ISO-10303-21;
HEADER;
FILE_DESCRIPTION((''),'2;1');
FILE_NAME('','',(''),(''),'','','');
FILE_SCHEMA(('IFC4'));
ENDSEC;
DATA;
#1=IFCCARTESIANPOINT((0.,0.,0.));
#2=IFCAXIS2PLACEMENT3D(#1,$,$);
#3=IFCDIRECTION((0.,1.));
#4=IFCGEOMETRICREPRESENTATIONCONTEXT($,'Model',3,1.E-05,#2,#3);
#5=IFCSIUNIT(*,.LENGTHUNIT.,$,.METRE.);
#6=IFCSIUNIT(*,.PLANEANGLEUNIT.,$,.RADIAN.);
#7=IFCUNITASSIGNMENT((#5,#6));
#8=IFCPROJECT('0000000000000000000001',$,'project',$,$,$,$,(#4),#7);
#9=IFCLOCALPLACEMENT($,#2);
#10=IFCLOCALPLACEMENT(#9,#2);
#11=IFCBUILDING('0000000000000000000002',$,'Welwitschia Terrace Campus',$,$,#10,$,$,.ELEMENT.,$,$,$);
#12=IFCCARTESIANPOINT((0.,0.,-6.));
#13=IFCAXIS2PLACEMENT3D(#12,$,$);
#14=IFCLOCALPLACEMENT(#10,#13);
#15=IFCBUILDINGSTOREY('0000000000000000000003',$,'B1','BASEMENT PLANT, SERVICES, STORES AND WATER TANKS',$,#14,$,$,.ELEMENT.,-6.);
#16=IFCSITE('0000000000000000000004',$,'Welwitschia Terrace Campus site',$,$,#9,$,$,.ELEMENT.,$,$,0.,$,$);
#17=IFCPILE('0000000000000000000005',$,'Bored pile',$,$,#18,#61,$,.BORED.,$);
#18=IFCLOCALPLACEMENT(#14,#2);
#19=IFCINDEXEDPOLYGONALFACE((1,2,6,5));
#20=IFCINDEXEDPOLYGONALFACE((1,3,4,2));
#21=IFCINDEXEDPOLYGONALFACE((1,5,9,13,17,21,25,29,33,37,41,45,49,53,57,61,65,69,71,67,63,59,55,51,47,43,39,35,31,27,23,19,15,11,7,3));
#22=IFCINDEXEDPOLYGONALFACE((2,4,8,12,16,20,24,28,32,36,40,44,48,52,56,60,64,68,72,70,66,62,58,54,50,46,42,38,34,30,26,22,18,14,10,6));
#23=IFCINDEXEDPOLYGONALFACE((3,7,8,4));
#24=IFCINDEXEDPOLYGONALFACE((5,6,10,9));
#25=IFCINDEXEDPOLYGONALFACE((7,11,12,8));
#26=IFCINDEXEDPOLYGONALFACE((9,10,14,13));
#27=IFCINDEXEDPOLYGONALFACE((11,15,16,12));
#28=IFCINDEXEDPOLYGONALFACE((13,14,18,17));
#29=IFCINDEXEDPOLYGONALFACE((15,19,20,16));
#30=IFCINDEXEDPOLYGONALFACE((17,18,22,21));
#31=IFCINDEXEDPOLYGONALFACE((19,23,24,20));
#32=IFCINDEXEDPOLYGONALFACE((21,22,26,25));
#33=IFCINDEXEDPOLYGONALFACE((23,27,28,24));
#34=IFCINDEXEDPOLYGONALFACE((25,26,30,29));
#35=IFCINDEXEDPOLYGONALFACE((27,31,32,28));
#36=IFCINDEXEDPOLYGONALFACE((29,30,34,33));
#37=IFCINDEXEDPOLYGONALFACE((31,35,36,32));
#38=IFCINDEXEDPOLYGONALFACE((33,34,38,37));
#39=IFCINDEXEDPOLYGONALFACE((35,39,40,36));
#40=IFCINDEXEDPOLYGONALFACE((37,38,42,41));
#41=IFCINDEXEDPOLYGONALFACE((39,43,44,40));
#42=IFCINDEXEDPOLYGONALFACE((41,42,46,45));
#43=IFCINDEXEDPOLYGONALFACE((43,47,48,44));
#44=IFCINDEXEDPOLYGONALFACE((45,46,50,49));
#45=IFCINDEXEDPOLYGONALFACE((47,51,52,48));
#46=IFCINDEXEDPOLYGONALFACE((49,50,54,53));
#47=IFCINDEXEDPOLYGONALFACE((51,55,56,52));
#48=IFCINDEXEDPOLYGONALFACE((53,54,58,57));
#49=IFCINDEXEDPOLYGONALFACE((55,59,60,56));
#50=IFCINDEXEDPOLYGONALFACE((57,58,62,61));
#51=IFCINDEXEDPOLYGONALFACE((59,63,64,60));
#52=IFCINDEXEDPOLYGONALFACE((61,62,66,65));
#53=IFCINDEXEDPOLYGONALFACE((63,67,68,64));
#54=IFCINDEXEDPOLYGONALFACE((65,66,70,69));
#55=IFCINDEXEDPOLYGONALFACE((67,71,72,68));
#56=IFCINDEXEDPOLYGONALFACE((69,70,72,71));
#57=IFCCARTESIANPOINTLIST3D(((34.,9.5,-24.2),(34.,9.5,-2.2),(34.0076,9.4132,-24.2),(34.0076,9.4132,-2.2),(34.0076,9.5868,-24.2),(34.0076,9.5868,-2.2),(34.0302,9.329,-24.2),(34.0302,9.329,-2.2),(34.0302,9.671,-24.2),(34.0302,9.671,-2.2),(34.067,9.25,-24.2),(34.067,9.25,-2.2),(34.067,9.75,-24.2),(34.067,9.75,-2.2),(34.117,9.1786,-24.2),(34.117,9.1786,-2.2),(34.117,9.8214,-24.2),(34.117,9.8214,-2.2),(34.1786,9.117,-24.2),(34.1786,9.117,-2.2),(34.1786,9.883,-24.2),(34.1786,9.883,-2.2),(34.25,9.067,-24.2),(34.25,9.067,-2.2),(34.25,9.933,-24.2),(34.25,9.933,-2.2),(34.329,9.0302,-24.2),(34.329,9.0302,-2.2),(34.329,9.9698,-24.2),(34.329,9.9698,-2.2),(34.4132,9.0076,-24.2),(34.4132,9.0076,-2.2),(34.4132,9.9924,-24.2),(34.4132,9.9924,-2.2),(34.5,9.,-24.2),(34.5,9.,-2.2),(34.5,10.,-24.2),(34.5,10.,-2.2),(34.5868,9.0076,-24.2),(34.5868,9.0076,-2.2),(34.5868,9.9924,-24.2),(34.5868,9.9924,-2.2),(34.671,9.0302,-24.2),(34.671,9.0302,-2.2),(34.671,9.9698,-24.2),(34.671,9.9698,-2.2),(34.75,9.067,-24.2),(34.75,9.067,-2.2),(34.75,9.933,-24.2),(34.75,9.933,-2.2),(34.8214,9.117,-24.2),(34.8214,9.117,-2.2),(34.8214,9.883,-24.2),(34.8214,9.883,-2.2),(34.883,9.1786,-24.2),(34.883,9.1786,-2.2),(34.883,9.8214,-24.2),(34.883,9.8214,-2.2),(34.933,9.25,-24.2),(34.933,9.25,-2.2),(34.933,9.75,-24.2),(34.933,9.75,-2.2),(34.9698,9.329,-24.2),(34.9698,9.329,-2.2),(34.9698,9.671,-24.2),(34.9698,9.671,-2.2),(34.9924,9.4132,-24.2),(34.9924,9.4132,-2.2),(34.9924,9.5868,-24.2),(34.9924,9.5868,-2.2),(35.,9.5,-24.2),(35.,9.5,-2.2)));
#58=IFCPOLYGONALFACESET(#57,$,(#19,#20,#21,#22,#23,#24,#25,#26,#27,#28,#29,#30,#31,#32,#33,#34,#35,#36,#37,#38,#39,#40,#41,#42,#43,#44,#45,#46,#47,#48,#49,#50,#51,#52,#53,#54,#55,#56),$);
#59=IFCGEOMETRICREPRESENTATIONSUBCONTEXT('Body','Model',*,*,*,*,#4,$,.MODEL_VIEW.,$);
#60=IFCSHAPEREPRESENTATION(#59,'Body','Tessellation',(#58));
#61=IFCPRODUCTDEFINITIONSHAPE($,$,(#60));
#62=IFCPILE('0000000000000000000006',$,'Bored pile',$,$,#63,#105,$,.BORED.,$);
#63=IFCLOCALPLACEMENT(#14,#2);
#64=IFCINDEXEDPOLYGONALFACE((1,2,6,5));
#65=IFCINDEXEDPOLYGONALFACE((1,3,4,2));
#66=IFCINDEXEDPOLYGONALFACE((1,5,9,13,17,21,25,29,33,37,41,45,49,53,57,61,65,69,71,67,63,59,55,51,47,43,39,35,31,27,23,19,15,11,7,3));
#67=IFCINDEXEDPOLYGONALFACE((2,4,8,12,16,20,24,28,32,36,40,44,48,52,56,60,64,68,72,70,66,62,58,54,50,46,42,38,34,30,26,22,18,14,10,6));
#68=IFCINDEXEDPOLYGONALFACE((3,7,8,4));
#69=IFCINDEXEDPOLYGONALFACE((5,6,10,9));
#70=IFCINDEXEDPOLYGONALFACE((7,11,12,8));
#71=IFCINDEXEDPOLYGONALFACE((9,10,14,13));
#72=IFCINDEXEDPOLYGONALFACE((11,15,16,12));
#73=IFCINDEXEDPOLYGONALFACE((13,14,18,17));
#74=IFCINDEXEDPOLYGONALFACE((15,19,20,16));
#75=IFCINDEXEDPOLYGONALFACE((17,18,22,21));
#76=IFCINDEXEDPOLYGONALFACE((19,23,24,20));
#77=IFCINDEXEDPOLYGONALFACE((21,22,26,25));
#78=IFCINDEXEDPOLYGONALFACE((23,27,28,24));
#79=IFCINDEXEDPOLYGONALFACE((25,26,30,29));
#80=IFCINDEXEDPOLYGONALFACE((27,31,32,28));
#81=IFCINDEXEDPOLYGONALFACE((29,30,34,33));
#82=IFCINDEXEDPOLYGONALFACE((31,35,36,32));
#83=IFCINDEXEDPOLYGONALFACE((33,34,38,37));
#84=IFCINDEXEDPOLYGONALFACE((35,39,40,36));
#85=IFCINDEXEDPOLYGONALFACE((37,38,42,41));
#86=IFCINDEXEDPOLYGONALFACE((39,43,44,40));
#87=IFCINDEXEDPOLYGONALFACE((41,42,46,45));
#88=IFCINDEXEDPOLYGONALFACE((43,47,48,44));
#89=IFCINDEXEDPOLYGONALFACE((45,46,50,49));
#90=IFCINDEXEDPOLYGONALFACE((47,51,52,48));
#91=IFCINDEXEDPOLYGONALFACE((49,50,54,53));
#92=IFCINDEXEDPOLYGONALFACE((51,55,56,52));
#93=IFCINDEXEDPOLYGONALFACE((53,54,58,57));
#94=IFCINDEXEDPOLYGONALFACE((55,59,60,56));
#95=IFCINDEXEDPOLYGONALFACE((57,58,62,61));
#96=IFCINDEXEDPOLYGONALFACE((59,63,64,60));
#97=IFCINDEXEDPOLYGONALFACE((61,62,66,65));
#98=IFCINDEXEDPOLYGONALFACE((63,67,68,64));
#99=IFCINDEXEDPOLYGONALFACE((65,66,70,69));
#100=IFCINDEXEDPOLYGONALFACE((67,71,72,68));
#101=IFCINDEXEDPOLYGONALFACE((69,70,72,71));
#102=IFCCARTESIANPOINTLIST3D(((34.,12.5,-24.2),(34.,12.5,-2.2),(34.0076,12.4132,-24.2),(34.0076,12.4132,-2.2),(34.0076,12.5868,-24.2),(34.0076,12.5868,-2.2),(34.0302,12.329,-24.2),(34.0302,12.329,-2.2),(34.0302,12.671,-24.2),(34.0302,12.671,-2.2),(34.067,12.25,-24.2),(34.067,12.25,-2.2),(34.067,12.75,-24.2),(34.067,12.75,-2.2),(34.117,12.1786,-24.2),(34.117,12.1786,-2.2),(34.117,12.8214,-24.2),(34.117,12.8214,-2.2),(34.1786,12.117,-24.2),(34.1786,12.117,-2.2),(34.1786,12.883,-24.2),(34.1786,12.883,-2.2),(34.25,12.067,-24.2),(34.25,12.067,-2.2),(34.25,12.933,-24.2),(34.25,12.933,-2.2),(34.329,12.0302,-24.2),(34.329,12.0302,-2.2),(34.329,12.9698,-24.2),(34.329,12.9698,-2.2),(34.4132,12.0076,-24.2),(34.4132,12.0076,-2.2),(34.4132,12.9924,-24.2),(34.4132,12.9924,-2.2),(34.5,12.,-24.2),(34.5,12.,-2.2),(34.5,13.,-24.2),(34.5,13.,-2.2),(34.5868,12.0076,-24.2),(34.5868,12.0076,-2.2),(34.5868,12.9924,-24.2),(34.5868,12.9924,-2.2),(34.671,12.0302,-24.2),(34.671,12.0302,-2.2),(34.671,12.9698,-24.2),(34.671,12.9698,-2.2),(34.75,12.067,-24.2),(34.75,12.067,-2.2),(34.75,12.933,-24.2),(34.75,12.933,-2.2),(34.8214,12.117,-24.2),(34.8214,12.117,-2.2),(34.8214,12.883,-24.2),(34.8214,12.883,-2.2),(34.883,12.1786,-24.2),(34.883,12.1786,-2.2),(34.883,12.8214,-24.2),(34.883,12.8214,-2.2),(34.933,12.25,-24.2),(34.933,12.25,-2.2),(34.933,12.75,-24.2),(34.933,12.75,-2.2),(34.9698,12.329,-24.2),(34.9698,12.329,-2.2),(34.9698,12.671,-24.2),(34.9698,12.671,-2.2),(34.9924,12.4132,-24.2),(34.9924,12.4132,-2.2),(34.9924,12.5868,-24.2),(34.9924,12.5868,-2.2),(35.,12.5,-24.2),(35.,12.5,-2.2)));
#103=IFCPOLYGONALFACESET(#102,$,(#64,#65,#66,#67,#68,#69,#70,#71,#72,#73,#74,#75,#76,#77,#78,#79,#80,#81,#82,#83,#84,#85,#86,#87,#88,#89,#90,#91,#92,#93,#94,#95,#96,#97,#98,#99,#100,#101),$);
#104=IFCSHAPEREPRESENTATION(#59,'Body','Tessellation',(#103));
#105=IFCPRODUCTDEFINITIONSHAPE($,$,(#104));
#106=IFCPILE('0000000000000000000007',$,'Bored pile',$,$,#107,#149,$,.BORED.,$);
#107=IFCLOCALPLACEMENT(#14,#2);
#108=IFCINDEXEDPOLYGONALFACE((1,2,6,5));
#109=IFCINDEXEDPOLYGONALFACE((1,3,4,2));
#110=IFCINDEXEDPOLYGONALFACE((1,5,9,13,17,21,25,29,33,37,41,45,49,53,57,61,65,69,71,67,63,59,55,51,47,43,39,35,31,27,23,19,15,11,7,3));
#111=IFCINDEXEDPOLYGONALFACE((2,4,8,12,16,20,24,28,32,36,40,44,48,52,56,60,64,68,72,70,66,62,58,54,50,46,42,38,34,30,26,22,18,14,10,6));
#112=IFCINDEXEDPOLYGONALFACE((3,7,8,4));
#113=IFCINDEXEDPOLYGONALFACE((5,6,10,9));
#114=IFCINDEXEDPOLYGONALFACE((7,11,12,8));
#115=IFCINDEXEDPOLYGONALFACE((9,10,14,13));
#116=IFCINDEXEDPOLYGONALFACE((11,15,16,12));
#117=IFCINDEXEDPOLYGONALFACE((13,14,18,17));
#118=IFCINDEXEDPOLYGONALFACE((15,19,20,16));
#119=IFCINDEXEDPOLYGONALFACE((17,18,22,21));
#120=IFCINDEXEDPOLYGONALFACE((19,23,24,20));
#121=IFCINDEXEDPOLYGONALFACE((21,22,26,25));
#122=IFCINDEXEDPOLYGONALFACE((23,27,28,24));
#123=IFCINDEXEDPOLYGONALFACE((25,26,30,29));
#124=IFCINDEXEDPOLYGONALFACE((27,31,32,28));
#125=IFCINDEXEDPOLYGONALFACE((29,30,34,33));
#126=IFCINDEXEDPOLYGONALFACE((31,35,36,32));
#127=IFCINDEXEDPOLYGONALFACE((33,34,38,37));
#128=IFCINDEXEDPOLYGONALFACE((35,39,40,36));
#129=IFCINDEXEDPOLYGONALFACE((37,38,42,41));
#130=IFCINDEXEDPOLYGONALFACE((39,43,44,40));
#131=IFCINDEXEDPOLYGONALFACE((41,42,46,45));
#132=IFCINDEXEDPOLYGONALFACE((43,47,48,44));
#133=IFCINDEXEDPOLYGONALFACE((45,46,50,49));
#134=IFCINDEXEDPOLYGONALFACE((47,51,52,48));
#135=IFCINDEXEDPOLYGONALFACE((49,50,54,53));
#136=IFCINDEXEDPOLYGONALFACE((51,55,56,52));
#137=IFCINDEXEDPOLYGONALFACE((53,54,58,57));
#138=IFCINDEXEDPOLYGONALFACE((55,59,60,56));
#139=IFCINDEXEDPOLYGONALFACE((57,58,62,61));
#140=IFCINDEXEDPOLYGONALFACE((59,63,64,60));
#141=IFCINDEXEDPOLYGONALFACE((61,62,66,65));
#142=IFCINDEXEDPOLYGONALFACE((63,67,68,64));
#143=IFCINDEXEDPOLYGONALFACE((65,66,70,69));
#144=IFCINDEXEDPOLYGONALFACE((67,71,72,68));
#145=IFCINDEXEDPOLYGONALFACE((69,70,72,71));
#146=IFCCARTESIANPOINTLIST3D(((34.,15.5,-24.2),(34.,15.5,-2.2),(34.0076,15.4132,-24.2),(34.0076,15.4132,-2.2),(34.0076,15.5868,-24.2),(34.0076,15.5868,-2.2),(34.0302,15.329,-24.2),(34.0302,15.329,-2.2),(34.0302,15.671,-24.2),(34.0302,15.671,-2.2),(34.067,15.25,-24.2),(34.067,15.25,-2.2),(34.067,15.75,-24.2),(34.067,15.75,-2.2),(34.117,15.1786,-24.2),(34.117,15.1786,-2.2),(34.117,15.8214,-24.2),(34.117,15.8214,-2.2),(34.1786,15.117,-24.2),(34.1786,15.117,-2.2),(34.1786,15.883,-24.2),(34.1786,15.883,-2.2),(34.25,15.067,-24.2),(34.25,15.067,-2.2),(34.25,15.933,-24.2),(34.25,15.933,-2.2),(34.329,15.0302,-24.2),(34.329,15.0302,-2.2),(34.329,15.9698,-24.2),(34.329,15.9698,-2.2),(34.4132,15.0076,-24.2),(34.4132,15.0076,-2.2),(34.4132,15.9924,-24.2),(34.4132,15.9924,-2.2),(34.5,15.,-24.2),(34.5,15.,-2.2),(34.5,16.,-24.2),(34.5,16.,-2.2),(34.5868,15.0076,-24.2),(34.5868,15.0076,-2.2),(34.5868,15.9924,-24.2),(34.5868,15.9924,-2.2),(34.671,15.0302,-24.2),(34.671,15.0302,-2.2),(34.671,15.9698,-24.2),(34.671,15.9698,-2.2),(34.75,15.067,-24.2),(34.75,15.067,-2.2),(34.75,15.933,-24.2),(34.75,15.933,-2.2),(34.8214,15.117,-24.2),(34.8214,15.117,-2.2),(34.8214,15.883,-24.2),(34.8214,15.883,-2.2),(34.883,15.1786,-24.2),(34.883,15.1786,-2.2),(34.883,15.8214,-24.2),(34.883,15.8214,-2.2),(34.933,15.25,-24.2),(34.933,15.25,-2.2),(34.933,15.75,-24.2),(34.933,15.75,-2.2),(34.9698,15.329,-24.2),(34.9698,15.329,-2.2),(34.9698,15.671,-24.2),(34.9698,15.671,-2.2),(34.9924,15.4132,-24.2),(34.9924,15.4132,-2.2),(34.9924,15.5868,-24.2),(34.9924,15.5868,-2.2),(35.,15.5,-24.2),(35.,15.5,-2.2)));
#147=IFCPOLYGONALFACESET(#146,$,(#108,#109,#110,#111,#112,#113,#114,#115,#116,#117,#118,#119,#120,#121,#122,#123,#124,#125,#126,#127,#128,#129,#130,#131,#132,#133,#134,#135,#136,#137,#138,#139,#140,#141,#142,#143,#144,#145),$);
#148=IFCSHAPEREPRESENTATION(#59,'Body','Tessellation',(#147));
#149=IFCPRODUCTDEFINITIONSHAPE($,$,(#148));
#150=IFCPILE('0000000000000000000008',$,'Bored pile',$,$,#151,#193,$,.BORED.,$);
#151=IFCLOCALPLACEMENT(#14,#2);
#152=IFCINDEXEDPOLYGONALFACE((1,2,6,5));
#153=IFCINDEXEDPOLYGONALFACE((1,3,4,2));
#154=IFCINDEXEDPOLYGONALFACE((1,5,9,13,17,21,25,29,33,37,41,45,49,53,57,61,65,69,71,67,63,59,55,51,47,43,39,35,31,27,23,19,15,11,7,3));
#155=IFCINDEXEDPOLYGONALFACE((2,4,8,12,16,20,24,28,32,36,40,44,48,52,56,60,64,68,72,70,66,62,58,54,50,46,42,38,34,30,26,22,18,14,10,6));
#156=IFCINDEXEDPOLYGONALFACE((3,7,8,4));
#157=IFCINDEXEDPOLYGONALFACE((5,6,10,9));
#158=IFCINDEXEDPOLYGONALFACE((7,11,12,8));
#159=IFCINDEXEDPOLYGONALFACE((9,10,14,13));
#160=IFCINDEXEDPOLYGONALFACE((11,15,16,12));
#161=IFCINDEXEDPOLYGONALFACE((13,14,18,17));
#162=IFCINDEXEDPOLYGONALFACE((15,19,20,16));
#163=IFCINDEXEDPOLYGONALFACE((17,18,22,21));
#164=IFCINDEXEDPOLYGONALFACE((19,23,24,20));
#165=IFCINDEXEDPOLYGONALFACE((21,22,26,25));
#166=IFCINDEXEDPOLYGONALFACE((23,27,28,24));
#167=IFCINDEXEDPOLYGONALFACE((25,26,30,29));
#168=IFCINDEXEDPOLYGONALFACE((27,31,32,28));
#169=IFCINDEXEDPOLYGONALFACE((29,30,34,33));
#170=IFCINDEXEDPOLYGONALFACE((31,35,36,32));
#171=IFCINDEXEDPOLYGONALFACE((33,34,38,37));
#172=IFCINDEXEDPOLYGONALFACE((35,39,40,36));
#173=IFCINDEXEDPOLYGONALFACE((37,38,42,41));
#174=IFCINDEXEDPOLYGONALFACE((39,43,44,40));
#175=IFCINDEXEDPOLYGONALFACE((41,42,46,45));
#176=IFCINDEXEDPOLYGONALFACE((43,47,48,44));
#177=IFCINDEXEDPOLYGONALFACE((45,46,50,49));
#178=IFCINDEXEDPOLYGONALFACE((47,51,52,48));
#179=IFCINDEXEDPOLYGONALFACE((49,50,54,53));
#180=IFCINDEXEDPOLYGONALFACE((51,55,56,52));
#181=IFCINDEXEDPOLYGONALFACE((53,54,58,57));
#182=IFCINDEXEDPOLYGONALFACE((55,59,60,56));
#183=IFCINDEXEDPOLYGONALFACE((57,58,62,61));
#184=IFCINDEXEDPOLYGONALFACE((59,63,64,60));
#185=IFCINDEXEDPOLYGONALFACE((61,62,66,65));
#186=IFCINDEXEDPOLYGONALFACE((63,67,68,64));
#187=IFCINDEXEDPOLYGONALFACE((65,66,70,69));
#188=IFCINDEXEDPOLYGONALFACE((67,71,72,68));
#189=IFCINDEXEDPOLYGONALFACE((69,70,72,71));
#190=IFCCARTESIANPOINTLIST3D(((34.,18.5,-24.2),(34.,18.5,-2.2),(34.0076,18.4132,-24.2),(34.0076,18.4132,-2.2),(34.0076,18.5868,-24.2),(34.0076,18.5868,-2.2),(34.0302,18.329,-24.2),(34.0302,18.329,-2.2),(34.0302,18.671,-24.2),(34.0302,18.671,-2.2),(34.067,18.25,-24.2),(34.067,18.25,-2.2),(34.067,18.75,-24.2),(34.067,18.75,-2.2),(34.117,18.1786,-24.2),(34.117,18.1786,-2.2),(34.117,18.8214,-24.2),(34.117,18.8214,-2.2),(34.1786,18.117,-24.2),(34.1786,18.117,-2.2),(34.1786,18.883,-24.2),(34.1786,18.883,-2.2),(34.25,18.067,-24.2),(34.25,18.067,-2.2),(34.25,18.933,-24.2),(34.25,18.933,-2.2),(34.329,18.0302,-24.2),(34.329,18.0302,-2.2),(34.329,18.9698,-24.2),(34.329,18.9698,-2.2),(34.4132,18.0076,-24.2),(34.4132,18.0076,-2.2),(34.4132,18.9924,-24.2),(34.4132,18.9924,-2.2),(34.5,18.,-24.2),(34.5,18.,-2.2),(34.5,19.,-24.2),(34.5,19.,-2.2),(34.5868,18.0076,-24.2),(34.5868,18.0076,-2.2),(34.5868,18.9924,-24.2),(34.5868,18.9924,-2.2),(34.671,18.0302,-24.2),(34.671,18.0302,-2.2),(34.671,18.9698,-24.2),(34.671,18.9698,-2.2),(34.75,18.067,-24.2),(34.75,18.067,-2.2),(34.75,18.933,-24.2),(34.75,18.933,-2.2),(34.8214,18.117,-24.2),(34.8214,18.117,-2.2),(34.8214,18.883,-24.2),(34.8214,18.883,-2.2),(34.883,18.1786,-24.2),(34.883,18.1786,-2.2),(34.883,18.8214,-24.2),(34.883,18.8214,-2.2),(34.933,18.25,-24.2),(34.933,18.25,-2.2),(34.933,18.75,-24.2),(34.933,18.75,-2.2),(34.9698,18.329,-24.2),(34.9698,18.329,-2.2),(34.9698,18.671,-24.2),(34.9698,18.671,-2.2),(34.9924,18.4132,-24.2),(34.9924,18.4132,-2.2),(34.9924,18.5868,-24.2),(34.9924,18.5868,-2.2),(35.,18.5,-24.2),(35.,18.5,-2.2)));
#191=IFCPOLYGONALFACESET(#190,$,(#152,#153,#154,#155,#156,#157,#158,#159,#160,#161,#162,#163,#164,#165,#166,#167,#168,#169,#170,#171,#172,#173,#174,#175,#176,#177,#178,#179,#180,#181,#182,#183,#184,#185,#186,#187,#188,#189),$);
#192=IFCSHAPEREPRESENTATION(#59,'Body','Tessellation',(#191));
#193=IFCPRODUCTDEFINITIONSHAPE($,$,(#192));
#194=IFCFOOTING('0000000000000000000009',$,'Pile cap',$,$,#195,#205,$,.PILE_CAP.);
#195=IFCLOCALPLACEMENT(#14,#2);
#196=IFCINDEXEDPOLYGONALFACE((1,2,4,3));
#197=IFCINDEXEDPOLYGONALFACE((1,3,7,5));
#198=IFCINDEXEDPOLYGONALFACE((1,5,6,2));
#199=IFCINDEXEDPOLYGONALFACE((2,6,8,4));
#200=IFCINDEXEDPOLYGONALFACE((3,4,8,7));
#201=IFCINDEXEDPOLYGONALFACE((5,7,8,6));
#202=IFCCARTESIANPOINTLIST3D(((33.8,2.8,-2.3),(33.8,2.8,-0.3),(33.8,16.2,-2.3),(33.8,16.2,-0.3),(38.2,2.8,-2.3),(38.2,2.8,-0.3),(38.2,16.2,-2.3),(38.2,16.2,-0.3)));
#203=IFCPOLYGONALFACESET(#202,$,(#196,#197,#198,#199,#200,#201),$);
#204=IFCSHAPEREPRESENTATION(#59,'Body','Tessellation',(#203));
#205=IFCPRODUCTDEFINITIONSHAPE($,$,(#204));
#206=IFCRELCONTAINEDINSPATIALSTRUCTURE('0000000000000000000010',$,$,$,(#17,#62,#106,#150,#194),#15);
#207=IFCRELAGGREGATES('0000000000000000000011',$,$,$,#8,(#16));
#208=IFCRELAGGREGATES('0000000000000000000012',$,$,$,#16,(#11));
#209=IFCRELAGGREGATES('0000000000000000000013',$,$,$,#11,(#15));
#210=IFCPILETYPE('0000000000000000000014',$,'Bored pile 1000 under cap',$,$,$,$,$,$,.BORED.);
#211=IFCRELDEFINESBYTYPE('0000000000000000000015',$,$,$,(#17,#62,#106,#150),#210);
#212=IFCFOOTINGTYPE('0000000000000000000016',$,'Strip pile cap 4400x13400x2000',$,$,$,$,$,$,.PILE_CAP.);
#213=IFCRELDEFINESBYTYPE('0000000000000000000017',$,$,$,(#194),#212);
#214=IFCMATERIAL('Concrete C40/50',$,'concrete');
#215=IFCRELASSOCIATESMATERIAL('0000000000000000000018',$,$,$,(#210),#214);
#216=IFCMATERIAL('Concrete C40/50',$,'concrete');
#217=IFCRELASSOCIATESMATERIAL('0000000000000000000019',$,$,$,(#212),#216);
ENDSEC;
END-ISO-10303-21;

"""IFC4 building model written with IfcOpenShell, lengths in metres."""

from ifc_helpers import new_model, si_unit, direction, frame, origin, origin_2d, place, context, subcontext, project, spatial, rectangle, circle, extrude, material, type_object, element, save


model = new_model("IFC4")

# Units and contexts
model_context = context("Model", 3, precision=1e-05, world=origin(), true_north=direction((0.0, 1.0)))
body_context = subcontext(model_context, "Body", "Model", "MODEL_VIEW")
ifc_project = project(units=[si_unit("LENGTHUNIT", "METRE"), si_unit("PLANEANGLEUNIT", "RADIAN")], contexts=[model_context])

# Site, building, storey
site_placement = place(None, origin())
site = spatial("IfcSite", under=ifc_project, at=site_placement, Name="Welwitschia Terrace Campus site", CompositionType="ELEMENT", RefElevation=0.0)
building_placement = place(site_placement, origin())
building = spatial("IfcBuilding", under=site, at=building_placement, Name="Welwitschia Terrace Campus", CompositionType="ELEMENT")
storey_placement = place(building_placement, frame((0.0, 0.0, -6.0)))
storey = spatial("IfcBuildingStorey", under=building, at=storey_placement, Name="B1", Description="BASEMENT PLANT, SERVICES, STORES AND WATER TANKS", CompositionType="ELEMENT", Elevation=-6.0)

# Piles
ifc_material_1 = material(Name="Concrete C40/50", Category="concrete")
pile_type_1 = type_object("IfcPileType", Name="Bored pile 1000 under cap", PredefinedType="BORED", material=ifc_material_1)
for number, where, z_axis, x_axis, name in (
    (1, (34.5, 9.5, -2.2), (0.0, 0.0, -1.0), (1.0, 0.0, 0.0), "Bored pile"),
    (2, (34.5, 12.5, -2.2), (0.0, 0.0, -1.0), (1.0, 0.0, 0.0), "Bored pile"),
    (3, (34.5, 15.5, -2.2), (0.0, 0.0, -1.0), (1.0, 0.0, 0.0), "Bored pile"),
    (4, (34.5, 18.5, -2.2), (0.0, 0.0, -1.0), (1.0, 0.0, 0.0), "Bored pile"),
):
    element("IfcPile", number, at=place(storey_placement, frame(where, z_axis=z_axis, x_axis=x_axis)), inside=storey, type_object=pile_type_1, Name=name, PredefinedType="BORED", context=body_context, shape_type="SweptSolid", body=[
        extrude(circle(Radius=0.5, at=origin_2d()), origin(), (0.0, 0.0, 1.0), 22.0),
    ])

# Footing
ifc_material_2 = material(Name="Concrete C40/50", Category="concrete")
footing_type = type_object("IfcFootingType", Name="Strip pile cap 4400x13400x2000", PredefinedType="PILE_CAP", material=ifc_material_2)
footing_placement = place(storey_placement, frame((36.0, 9.5, -2.3), z_axis=(0.0, 0.0, 1.0), x_axis=(1.0, 0.0, 0.0)))
element("IfcFooting", 5, at=footing_placement, inside=storey, type_object=footing_type, Name="Pile cap", PredefinedType="PILE_CAP", context=body_context, shape_type="SweptSolid", body=[
    extrude(rectangle(XDim=4.3999, YDim=13.3999, at=origin_2d()), origin(), (0.0, 0.0, 1.0), 2.0),
])

save(model, "model.ifc")
